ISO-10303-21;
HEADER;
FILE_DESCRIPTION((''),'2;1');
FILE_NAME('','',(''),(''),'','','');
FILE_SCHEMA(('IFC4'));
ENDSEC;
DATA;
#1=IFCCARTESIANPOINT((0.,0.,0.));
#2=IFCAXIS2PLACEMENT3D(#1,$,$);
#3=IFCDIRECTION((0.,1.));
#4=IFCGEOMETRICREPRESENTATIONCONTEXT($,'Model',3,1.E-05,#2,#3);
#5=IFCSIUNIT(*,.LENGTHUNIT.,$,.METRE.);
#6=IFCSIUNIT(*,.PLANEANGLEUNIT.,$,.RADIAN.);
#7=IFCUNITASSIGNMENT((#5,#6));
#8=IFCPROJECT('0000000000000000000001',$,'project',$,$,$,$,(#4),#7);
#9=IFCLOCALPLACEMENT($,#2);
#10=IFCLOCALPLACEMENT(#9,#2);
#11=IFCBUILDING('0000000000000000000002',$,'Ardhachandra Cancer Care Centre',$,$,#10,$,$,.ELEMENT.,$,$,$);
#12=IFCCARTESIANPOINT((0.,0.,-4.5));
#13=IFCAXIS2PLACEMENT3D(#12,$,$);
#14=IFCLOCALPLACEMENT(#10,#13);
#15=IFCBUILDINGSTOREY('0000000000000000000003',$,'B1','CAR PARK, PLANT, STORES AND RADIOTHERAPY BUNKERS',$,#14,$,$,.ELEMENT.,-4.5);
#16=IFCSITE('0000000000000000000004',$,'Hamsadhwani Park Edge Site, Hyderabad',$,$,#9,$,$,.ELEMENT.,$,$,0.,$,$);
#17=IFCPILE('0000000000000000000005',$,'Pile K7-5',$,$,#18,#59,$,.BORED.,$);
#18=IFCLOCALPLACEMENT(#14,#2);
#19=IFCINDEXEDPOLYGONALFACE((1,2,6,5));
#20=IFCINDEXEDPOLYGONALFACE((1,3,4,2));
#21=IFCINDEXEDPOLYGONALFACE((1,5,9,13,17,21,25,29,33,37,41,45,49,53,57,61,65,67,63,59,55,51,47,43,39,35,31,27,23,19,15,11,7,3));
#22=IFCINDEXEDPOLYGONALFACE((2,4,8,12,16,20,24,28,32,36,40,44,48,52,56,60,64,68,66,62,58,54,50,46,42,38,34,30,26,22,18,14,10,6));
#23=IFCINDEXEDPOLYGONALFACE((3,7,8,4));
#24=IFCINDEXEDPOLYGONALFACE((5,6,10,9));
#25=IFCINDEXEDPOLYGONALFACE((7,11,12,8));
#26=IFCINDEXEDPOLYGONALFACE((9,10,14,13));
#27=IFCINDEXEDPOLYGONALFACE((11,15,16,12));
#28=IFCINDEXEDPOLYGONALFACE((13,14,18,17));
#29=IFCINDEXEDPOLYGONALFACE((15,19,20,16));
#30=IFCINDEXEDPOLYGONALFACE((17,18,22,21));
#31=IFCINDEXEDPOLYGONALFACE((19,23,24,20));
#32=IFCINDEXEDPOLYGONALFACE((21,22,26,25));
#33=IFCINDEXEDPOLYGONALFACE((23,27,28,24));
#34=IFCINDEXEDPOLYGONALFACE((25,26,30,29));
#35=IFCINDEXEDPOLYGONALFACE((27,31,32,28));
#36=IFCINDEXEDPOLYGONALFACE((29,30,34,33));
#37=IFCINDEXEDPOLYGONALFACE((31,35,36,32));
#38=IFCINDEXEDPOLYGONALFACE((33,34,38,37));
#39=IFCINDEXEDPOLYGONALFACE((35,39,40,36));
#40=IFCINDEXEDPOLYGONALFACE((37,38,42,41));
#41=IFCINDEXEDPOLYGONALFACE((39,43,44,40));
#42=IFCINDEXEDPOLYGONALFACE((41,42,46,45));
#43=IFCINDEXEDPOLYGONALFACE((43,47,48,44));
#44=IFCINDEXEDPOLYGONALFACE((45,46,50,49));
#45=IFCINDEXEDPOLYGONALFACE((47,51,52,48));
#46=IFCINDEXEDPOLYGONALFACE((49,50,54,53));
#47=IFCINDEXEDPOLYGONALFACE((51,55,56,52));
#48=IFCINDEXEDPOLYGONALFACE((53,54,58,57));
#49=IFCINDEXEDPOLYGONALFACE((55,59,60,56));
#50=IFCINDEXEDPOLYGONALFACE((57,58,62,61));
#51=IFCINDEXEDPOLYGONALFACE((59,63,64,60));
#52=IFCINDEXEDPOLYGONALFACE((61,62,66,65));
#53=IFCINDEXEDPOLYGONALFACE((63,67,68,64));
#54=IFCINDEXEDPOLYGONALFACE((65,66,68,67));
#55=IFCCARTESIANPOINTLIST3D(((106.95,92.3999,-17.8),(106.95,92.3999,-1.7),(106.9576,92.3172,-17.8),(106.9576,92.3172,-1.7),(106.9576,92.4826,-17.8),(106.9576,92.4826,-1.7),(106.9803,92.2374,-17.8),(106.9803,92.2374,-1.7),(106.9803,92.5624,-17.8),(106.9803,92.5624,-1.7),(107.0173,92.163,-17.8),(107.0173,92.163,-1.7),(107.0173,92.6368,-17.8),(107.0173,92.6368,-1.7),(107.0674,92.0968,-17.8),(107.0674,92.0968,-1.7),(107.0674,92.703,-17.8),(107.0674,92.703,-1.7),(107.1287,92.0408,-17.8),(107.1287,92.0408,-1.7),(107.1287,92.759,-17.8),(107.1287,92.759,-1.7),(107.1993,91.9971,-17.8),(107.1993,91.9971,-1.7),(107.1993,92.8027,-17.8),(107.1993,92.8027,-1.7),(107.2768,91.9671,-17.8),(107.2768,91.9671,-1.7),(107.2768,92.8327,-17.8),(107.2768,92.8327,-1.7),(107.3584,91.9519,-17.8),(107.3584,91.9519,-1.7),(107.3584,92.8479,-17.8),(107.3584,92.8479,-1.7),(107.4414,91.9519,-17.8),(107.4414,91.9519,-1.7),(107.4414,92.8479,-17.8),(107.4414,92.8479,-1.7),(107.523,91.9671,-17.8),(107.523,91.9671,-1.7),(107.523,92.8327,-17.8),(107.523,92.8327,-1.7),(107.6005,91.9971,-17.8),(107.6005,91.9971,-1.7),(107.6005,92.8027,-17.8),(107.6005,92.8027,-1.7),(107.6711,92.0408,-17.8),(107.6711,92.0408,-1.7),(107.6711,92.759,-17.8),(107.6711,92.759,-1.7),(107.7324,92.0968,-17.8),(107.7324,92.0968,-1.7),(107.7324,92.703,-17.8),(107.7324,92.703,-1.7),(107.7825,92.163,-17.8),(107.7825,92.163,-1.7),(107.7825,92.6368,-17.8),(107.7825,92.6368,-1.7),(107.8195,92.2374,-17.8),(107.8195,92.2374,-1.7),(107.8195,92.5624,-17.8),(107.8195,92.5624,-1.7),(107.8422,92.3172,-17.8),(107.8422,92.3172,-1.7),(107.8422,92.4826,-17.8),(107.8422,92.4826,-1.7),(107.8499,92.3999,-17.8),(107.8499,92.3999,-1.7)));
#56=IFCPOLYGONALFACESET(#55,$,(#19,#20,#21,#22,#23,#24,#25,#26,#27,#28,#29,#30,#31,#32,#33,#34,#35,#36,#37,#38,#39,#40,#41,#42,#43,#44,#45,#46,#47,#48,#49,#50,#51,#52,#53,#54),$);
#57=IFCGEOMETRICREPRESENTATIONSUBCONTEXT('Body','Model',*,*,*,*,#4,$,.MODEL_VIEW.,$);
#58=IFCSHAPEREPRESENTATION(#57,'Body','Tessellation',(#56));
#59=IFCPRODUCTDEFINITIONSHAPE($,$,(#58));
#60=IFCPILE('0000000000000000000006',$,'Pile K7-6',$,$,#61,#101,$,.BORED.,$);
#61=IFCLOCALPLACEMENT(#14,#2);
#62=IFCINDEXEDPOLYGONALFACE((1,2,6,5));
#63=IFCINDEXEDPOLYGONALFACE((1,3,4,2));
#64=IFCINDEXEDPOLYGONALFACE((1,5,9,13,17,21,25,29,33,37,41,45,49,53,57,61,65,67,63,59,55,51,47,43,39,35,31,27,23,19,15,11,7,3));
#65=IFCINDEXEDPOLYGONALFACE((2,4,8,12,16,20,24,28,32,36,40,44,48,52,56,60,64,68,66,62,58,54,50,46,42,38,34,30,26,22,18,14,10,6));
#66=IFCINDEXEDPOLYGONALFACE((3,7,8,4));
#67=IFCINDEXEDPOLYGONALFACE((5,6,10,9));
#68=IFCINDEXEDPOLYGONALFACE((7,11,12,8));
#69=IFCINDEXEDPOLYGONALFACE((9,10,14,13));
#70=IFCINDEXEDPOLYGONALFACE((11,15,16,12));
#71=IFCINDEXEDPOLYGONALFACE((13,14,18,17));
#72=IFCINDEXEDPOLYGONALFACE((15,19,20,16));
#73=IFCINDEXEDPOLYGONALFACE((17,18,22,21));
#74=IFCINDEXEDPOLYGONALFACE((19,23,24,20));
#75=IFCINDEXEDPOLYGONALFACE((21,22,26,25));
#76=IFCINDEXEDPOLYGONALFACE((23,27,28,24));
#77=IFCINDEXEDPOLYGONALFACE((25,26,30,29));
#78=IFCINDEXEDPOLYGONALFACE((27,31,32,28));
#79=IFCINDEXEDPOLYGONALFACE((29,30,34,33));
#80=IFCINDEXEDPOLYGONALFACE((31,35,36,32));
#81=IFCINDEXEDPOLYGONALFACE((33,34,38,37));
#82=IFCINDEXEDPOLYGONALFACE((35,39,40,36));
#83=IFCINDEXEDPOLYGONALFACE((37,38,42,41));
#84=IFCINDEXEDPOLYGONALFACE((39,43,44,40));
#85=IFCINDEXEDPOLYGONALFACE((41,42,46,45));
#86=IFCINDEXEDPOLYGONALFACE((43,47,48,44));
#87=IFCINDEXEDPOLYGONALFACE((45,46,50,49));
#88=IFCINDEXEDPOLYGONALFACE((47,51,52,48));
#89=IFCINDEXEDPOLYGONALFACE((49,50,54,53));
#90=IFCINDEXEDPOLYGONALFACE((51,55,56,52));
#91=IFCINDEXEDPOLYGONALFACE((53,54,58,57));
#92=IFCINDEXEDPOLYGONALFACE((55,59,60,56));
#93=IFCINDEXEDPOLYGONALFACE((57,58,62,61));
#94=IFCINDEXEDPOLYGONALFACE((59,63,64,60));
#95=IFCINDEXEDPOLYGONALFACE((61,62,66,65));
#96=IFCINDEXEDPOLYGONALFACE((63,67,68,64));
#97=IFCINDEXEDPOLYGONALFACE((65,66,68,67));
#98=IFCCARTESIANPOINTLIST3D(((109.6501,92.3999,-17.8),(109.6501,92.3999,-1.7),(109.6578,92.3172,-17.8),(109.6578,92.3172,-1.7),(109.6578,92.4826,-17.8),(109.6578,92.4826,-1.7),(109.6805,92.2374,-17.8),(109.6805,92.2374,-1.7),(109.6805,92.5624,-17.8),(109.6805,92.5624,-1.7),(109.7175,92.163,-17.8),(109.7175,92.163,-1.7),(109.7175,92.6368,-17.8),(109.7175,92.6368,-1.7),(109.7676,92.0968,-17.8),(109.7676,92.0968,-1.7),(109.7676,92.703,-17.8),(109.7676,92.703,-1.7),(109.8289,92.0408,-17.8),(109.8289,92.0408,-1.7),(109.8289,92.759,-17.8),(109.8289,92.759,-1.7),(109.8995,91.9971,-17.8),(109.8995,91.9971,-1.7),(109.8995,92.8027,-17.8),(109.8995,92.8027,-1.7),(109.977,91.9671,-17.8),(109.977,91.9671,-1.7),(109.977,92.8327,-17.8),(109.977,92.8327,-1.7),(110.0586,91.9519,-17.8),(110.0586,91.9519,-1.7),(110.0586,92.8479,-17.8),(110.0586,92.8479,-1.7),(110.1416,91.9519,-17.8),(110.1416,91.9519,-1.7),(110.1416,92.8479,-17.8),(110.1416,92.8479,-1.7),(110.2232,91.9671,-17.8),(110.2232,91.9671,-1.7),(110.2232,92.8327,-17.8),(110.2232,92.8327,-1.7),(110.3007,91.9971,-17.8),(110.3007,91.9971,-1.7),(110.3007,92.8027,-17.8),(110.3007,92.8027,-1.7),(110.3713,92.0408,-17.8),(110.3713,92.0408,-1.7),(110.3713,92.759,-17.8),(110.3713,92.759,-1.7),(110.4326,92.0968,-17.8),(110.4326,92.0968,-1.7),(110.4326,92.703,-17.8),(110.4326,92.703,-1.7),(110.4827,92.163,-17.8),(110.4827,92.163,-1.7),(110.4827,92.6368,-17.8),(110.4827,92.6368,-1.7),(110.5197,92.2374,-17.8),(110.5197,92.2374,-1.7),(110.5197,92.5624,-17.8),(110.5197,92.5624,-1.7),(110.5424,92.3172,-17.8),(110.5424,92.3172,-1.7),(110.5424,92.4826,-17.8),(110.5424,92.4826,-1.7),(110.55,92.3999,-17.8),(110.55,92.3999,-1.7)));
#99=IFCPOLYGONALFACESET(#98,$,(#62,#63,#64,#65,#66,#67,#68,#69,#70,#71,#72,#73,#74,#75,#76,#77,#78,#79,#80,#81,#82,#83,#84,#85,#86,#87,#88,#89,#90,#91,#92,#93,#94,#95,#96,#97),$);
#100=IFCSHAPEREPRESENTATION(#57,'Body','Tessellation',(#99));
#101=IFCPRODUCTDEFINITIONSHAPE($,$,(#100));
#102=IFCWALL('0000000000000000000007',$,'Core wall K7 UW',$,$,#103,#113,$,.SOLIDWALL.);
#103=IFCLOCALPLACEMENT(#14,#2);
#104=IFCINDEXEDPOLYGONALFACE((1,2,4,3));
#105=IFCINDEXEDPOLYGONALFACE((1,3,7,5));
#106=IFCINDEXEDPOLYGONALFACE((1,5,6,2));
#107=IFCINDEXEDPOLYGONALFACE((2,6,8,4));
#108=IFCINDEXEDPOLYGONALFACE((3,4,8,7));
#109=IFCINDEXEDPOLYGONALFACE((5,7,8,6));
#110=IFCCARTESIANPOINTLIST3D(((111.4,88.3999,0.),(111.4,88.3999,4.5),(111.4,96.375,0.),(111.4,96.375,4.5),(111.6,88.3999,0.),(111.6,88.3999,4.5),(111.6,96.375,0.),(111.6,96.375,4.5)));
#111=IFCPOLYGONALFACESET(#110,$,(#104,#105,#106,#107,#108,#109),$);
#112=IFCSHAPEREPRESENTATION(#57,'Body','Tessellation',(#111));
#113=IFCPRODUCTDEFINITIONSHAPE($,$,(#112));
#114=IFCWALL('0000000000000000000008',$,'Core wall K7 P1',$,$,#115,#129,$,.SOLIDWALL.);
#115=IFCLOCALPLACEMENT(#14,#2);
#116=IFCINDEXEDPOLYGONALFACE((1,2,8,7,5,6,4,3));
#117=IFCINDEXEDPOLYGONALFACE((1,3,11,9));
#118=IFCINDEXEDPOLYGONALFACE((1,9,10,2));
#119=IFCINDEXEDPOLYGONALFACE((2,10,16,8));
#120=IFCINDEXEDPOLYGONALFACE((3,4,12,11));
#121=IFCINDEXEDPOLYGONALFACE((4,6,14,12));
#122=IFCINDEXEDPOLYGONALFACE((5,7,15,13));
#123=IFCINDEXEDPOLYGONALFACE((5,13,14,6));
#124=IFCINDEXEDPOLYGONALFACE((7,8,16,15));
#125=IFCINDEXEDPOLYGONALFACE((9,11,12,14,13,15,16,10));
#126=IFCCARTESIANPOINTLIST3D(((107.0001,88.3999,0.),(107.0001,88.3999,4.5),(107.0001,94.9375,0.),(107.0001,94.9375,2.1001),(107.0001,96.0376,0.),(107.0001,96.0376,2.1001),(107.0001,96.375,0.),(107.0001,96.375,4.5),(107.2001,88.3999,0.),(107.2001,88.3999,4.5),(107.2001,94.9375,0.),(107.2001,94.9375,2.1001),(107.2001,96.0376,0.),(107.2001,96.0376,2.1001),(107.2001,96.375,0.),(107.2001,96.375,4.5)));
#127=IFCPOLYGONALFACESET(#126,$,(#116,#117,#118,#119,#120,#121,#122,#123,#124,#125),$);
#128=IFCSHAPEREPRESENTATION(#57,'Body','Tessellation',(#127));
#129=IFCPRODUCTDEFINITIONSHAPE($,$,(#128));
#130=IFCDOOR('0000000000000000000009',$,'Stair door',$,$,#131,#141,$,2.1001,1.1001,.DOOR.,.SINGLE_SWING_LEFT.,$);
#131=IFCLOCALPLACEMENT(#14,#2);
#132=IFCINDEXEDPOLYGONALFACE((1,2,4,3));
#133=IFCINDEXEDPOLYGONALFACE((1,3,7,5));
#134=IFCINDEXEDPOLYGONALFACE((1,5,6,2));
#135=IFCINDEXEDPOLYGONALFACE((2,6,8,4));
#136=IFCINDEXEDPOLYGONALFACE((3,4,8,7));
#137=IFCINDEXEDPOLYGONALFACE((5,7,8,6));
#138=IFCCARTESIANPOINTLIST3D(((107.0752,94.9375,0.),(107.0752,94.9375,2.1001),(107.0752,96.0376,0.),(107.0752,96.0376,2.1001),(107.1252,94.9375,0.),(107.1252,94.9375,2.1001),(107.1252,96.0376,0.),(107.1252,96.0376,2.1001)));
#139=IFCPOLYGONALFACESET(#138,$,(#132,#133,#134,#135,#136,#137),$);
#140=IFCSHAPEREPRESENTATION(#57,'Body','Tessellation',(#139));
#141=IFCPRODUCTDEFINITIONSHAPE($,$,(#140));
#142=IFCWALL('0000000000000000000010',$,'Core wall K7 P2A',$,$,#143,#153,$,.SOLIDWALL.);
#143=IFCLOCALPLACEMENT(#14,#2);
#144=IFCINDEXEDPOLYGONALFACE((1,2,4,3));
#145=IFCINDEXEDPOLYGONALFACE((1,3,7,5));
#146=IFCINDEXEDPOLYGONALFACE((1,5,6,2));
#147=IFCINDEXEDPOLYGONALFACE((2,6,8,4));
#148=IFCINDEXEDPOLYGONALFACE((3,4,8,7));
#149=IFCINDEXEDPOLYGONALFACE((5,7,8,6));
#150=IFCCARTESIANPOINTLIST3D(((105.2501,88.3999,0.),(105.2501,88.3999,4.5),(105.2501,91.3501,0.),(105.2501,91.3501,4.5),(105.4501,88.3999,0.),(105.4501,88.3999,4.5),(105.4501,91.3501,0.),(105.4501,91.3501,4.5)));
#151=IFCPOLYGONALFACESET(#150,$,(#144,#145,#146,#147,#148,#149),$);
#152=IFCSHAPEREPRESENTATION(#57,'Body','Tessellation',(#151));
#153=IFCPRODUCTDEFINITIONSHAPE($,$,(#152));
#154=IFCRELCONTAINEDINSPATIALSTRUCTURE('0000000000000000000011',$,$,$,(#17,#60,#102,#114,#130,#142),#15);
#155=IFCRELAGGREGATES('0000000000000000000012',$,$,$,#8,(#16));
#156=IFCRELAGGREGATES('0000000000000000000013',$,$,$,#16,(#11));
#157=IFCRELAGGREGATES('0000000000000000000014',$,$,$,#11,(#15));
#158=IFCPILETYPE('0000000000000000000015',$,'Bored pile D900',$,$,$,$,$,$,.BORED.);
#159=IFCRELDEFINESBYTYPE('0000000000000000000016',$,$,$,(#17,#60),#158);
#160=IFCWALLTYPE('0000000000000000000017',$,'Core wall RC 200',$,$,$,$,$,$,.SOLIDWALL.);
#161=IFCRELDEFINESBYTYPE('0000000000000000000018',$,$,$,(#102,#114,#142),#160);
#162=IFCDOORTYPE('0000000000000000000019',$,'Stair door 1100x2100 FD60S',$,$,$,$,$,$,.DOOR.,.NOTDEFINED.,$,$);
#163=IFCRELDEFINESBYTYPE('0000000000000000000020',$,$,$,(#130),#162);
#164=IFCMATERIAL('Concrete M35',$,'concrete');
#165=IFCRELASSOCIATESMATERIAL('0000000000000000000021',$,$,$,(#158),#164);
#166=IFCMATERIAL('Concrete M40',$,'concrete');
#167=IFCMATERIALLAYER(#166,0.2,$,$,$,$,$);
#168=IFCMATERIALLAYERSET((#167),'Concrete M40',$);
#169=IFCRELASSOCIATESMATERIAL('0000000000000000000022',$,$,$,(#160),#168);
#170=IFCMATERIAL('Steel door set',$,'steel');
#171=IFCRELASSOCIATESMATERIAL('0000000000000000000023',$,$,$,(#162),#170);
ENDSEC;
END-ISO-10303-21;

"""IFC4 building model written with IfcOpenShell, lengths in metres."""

from ifc_helpers import new_model, si_unit, direction, frame, frame_2d, origin, origin_2d, place, context, subcontext, project, spatial, rectangle, circle, extrude, material, layer, layer_set, material_profile, profile_set, type_object, element, fill, save


model = new_model("IFC4")

# Units and contexts
model_context = context("Model", 3, precision=1e-05, world=origin(), true_north=direction((0.0, 1.0)))
body_context = subcontext(model_context, "Body", "Model", "MODEL_VIEW")
ifc_project = project(units=[si_unit("LENGTHUNIT", "METRE"), si_unit("PLANEANGLEUNIT", "RADIAN")], contexts=[model_context])

# Site, building, storey
site_placement = place(None, origin())
site = spatial("IfcSite", under=ifc_project, at=site_placement, Name="Hamsadhwani Park Edge Site, Hyderabad", CompositionType="ELEMENT", RefElevation=0.0)
building_placement = place(site_placement, origin())
building = spatial("IfcBuilding", under=site, at=building_placement, Name="Ardhachandra Cancer Care Centre", CompositionType="ELEMENT")
storey_placement = place(building_placement, frame((0.0, 0.0, -4.5)))
storey = spatial("IfcBuildingStorey", under=building, at=storey_placement, Name="B1", Description="CAR PARK, PLANT, STORES AND RADIOTHERAPY BUNKERS", CompositionType="ELEMENT", Elevation=-4.5)

# Piles
ifc_material_1 = material(Name="Concrete M35", Category="concrete")
ifc_material_profile = material_profile(ifc_material_1, circle(Radius=0.45, at=origin_2d()), Name="D900")
ifc_profile_set = profile_set([ifc_material_profile], Name="Concrete M35")
pile_type = type_object("IfcPileType", Name="Bored pile D900", PredefinedType="BORED", material=ifc_profile_set)
for number, where, z_axis, x_axis, name in (
    (1, (107.3999, 92.3999, -1.7), (0.0, 0.0, -1.0), (1.0, 0.0, 0.0), "Pile K7-5"),
    (2, (110.1001, 92.3999, -1.7), (0.0, 0.0, -1.0), (1.0, 0.0, 0.0), "Pile K7-6"),
):
    element("IfcPile", number, at=place(storey_placement, frame(where, z_axis=z_axis, x_axis=x_axis)), inside=storey, type_object=pile_type, Name=name, PredefinedType="BORED", context=body_context, shape_type="SweptSolid", body=[
        extrude(circle(Radius=0.45, at=origin_2d()), origin(), (0.0, 0.0, 1.0), 16.1001),
    ])

# Wall
ifc_material_2 = material(Name="Concrete M40", Category="concrete")
ifc_layer = layer(ifc_material_2, 0.2)
ifc_layer_set = layer_set([ifc_layer], Name="Concrete M40")
wall_type = type_object("IfcWallType", Name="Core wall RC 200", PredefinedType="SOLIDWALL", material=ifc_layer_set)
wall_1_placement = place(storey_placement, frame((111.5, 88.3999, 0.0), z_axis=(0.0, 0.0, 1.0), x_axis=(0.0, 1.0, 0.0)))
element("IfcWall", 3, at=wall_1_placement, inside=storey, type_object=wall_type, Name="Core wall K7 UW", PredefinedType="SOLIDWALL", context=body_context, shape_type="SweptSolid", body=[
    extrude(rectangle(XDim=7.9751, YDim=0.2, at=frame_2d((3.9875, 0.0))), origin(), (0.0, 0.0, 1.0), 4.5),
])

# Wall, opening, door
wall_2_placement = place(storey_placement, frame((107.1001, 88.3999, 0.0), z_axis=(0.0, 0.0, 1.0), x_axis=(0.0, 1.0, 0.0)))
wall_2 = element("IfcWall", 4, at=wall_2_placement, inside=storey, type_object=wall_type, Name="Core wall K7 P1", PredefinedType="SOLIDWALL", context=body_context, shape_type="SweptSolid", body=[
    extrude(rectangle(XDim=7.9751, YDim=0.2, at=frame_2d((3.9875, 0.0))), origin(), (0.0, 0.0, 1.0), 4.5),
])
opening_1_placement = place(wall_2_placement, frame((6.5376, 0.0, 0.0)))
opening_1 = element("IfcOpeningElement", 5, at=opening_1_placement, cuts=wall_2, PredefinedType="OPENING", context=body_context, shape_type="SweptSolid", body=[
    extrude(rectangle(XDim=1.1001, YDim=2.1001, at=frame_2d((0.55, 1.05))), frame((0.0, 0.1099, 0.0), z_axis=(0.0, -1.0, 0.0), x_axis=(1.0, 0.0, 0.0)), (0.0, 0.0, 1.0), 0.22),
])
ifc_material_3 = material(Name="Steel door set", Category="steel")
door_type_1 = type_object("IfcDoorType", Name="Stair door 1100x2100 FD60S", OperationType="NOTDEFINED", PredefinedType="DOOR", material=ifc_material_3)
door_1_placement = place(opening_1_placement, origin())
door_1 = element("IfcDoor", 6, at=door_1_placement, inside=storey, type_object=door_type_1, Name="Stair door", OperationType="SINGLE_SWING_LEFT", OverallHeight=2.1001, OverallWidth=1.1001, PredefinedType="DOOR", context=body_context, shape_type="SweptSolid", body=[
    extrude(rectangle(XDim=1.1001, YDim=2.1001, at=frame_2d((0.55, 1.05))), frame((0.0, 0.0249, 0.0), z_axis=(0.0, -1.0, 0.0), x_axis=(1.0, 0.0, 0.0)), (0.0, 0.0, 1.0), 0.05),
])
fill(opening_1, door_1)

# Wall
wall_3_placement = place(storey_placement, frame((105.3501, 88.3999, 0.0), z_axis=(0.0, 0.0, 1.0), x_axis=(0.0, 1.0, 0.0)))
element("IfcWall", 7, at=wall_3_placement, inside=storey, type_object=wall_type, Name="Core wall K7 P2A", PredefinedType="SOLIDWALL", context=body_context, shape_type="SweptSolid", body=[
    extrude(rectangle(XDim=2.9502, YDim=0.2, at=frame_2d((1.4751, 0.0))), origin(), (0.0, 0.0, 1.0), 4.5),
])

save(model, "model.ifc")
